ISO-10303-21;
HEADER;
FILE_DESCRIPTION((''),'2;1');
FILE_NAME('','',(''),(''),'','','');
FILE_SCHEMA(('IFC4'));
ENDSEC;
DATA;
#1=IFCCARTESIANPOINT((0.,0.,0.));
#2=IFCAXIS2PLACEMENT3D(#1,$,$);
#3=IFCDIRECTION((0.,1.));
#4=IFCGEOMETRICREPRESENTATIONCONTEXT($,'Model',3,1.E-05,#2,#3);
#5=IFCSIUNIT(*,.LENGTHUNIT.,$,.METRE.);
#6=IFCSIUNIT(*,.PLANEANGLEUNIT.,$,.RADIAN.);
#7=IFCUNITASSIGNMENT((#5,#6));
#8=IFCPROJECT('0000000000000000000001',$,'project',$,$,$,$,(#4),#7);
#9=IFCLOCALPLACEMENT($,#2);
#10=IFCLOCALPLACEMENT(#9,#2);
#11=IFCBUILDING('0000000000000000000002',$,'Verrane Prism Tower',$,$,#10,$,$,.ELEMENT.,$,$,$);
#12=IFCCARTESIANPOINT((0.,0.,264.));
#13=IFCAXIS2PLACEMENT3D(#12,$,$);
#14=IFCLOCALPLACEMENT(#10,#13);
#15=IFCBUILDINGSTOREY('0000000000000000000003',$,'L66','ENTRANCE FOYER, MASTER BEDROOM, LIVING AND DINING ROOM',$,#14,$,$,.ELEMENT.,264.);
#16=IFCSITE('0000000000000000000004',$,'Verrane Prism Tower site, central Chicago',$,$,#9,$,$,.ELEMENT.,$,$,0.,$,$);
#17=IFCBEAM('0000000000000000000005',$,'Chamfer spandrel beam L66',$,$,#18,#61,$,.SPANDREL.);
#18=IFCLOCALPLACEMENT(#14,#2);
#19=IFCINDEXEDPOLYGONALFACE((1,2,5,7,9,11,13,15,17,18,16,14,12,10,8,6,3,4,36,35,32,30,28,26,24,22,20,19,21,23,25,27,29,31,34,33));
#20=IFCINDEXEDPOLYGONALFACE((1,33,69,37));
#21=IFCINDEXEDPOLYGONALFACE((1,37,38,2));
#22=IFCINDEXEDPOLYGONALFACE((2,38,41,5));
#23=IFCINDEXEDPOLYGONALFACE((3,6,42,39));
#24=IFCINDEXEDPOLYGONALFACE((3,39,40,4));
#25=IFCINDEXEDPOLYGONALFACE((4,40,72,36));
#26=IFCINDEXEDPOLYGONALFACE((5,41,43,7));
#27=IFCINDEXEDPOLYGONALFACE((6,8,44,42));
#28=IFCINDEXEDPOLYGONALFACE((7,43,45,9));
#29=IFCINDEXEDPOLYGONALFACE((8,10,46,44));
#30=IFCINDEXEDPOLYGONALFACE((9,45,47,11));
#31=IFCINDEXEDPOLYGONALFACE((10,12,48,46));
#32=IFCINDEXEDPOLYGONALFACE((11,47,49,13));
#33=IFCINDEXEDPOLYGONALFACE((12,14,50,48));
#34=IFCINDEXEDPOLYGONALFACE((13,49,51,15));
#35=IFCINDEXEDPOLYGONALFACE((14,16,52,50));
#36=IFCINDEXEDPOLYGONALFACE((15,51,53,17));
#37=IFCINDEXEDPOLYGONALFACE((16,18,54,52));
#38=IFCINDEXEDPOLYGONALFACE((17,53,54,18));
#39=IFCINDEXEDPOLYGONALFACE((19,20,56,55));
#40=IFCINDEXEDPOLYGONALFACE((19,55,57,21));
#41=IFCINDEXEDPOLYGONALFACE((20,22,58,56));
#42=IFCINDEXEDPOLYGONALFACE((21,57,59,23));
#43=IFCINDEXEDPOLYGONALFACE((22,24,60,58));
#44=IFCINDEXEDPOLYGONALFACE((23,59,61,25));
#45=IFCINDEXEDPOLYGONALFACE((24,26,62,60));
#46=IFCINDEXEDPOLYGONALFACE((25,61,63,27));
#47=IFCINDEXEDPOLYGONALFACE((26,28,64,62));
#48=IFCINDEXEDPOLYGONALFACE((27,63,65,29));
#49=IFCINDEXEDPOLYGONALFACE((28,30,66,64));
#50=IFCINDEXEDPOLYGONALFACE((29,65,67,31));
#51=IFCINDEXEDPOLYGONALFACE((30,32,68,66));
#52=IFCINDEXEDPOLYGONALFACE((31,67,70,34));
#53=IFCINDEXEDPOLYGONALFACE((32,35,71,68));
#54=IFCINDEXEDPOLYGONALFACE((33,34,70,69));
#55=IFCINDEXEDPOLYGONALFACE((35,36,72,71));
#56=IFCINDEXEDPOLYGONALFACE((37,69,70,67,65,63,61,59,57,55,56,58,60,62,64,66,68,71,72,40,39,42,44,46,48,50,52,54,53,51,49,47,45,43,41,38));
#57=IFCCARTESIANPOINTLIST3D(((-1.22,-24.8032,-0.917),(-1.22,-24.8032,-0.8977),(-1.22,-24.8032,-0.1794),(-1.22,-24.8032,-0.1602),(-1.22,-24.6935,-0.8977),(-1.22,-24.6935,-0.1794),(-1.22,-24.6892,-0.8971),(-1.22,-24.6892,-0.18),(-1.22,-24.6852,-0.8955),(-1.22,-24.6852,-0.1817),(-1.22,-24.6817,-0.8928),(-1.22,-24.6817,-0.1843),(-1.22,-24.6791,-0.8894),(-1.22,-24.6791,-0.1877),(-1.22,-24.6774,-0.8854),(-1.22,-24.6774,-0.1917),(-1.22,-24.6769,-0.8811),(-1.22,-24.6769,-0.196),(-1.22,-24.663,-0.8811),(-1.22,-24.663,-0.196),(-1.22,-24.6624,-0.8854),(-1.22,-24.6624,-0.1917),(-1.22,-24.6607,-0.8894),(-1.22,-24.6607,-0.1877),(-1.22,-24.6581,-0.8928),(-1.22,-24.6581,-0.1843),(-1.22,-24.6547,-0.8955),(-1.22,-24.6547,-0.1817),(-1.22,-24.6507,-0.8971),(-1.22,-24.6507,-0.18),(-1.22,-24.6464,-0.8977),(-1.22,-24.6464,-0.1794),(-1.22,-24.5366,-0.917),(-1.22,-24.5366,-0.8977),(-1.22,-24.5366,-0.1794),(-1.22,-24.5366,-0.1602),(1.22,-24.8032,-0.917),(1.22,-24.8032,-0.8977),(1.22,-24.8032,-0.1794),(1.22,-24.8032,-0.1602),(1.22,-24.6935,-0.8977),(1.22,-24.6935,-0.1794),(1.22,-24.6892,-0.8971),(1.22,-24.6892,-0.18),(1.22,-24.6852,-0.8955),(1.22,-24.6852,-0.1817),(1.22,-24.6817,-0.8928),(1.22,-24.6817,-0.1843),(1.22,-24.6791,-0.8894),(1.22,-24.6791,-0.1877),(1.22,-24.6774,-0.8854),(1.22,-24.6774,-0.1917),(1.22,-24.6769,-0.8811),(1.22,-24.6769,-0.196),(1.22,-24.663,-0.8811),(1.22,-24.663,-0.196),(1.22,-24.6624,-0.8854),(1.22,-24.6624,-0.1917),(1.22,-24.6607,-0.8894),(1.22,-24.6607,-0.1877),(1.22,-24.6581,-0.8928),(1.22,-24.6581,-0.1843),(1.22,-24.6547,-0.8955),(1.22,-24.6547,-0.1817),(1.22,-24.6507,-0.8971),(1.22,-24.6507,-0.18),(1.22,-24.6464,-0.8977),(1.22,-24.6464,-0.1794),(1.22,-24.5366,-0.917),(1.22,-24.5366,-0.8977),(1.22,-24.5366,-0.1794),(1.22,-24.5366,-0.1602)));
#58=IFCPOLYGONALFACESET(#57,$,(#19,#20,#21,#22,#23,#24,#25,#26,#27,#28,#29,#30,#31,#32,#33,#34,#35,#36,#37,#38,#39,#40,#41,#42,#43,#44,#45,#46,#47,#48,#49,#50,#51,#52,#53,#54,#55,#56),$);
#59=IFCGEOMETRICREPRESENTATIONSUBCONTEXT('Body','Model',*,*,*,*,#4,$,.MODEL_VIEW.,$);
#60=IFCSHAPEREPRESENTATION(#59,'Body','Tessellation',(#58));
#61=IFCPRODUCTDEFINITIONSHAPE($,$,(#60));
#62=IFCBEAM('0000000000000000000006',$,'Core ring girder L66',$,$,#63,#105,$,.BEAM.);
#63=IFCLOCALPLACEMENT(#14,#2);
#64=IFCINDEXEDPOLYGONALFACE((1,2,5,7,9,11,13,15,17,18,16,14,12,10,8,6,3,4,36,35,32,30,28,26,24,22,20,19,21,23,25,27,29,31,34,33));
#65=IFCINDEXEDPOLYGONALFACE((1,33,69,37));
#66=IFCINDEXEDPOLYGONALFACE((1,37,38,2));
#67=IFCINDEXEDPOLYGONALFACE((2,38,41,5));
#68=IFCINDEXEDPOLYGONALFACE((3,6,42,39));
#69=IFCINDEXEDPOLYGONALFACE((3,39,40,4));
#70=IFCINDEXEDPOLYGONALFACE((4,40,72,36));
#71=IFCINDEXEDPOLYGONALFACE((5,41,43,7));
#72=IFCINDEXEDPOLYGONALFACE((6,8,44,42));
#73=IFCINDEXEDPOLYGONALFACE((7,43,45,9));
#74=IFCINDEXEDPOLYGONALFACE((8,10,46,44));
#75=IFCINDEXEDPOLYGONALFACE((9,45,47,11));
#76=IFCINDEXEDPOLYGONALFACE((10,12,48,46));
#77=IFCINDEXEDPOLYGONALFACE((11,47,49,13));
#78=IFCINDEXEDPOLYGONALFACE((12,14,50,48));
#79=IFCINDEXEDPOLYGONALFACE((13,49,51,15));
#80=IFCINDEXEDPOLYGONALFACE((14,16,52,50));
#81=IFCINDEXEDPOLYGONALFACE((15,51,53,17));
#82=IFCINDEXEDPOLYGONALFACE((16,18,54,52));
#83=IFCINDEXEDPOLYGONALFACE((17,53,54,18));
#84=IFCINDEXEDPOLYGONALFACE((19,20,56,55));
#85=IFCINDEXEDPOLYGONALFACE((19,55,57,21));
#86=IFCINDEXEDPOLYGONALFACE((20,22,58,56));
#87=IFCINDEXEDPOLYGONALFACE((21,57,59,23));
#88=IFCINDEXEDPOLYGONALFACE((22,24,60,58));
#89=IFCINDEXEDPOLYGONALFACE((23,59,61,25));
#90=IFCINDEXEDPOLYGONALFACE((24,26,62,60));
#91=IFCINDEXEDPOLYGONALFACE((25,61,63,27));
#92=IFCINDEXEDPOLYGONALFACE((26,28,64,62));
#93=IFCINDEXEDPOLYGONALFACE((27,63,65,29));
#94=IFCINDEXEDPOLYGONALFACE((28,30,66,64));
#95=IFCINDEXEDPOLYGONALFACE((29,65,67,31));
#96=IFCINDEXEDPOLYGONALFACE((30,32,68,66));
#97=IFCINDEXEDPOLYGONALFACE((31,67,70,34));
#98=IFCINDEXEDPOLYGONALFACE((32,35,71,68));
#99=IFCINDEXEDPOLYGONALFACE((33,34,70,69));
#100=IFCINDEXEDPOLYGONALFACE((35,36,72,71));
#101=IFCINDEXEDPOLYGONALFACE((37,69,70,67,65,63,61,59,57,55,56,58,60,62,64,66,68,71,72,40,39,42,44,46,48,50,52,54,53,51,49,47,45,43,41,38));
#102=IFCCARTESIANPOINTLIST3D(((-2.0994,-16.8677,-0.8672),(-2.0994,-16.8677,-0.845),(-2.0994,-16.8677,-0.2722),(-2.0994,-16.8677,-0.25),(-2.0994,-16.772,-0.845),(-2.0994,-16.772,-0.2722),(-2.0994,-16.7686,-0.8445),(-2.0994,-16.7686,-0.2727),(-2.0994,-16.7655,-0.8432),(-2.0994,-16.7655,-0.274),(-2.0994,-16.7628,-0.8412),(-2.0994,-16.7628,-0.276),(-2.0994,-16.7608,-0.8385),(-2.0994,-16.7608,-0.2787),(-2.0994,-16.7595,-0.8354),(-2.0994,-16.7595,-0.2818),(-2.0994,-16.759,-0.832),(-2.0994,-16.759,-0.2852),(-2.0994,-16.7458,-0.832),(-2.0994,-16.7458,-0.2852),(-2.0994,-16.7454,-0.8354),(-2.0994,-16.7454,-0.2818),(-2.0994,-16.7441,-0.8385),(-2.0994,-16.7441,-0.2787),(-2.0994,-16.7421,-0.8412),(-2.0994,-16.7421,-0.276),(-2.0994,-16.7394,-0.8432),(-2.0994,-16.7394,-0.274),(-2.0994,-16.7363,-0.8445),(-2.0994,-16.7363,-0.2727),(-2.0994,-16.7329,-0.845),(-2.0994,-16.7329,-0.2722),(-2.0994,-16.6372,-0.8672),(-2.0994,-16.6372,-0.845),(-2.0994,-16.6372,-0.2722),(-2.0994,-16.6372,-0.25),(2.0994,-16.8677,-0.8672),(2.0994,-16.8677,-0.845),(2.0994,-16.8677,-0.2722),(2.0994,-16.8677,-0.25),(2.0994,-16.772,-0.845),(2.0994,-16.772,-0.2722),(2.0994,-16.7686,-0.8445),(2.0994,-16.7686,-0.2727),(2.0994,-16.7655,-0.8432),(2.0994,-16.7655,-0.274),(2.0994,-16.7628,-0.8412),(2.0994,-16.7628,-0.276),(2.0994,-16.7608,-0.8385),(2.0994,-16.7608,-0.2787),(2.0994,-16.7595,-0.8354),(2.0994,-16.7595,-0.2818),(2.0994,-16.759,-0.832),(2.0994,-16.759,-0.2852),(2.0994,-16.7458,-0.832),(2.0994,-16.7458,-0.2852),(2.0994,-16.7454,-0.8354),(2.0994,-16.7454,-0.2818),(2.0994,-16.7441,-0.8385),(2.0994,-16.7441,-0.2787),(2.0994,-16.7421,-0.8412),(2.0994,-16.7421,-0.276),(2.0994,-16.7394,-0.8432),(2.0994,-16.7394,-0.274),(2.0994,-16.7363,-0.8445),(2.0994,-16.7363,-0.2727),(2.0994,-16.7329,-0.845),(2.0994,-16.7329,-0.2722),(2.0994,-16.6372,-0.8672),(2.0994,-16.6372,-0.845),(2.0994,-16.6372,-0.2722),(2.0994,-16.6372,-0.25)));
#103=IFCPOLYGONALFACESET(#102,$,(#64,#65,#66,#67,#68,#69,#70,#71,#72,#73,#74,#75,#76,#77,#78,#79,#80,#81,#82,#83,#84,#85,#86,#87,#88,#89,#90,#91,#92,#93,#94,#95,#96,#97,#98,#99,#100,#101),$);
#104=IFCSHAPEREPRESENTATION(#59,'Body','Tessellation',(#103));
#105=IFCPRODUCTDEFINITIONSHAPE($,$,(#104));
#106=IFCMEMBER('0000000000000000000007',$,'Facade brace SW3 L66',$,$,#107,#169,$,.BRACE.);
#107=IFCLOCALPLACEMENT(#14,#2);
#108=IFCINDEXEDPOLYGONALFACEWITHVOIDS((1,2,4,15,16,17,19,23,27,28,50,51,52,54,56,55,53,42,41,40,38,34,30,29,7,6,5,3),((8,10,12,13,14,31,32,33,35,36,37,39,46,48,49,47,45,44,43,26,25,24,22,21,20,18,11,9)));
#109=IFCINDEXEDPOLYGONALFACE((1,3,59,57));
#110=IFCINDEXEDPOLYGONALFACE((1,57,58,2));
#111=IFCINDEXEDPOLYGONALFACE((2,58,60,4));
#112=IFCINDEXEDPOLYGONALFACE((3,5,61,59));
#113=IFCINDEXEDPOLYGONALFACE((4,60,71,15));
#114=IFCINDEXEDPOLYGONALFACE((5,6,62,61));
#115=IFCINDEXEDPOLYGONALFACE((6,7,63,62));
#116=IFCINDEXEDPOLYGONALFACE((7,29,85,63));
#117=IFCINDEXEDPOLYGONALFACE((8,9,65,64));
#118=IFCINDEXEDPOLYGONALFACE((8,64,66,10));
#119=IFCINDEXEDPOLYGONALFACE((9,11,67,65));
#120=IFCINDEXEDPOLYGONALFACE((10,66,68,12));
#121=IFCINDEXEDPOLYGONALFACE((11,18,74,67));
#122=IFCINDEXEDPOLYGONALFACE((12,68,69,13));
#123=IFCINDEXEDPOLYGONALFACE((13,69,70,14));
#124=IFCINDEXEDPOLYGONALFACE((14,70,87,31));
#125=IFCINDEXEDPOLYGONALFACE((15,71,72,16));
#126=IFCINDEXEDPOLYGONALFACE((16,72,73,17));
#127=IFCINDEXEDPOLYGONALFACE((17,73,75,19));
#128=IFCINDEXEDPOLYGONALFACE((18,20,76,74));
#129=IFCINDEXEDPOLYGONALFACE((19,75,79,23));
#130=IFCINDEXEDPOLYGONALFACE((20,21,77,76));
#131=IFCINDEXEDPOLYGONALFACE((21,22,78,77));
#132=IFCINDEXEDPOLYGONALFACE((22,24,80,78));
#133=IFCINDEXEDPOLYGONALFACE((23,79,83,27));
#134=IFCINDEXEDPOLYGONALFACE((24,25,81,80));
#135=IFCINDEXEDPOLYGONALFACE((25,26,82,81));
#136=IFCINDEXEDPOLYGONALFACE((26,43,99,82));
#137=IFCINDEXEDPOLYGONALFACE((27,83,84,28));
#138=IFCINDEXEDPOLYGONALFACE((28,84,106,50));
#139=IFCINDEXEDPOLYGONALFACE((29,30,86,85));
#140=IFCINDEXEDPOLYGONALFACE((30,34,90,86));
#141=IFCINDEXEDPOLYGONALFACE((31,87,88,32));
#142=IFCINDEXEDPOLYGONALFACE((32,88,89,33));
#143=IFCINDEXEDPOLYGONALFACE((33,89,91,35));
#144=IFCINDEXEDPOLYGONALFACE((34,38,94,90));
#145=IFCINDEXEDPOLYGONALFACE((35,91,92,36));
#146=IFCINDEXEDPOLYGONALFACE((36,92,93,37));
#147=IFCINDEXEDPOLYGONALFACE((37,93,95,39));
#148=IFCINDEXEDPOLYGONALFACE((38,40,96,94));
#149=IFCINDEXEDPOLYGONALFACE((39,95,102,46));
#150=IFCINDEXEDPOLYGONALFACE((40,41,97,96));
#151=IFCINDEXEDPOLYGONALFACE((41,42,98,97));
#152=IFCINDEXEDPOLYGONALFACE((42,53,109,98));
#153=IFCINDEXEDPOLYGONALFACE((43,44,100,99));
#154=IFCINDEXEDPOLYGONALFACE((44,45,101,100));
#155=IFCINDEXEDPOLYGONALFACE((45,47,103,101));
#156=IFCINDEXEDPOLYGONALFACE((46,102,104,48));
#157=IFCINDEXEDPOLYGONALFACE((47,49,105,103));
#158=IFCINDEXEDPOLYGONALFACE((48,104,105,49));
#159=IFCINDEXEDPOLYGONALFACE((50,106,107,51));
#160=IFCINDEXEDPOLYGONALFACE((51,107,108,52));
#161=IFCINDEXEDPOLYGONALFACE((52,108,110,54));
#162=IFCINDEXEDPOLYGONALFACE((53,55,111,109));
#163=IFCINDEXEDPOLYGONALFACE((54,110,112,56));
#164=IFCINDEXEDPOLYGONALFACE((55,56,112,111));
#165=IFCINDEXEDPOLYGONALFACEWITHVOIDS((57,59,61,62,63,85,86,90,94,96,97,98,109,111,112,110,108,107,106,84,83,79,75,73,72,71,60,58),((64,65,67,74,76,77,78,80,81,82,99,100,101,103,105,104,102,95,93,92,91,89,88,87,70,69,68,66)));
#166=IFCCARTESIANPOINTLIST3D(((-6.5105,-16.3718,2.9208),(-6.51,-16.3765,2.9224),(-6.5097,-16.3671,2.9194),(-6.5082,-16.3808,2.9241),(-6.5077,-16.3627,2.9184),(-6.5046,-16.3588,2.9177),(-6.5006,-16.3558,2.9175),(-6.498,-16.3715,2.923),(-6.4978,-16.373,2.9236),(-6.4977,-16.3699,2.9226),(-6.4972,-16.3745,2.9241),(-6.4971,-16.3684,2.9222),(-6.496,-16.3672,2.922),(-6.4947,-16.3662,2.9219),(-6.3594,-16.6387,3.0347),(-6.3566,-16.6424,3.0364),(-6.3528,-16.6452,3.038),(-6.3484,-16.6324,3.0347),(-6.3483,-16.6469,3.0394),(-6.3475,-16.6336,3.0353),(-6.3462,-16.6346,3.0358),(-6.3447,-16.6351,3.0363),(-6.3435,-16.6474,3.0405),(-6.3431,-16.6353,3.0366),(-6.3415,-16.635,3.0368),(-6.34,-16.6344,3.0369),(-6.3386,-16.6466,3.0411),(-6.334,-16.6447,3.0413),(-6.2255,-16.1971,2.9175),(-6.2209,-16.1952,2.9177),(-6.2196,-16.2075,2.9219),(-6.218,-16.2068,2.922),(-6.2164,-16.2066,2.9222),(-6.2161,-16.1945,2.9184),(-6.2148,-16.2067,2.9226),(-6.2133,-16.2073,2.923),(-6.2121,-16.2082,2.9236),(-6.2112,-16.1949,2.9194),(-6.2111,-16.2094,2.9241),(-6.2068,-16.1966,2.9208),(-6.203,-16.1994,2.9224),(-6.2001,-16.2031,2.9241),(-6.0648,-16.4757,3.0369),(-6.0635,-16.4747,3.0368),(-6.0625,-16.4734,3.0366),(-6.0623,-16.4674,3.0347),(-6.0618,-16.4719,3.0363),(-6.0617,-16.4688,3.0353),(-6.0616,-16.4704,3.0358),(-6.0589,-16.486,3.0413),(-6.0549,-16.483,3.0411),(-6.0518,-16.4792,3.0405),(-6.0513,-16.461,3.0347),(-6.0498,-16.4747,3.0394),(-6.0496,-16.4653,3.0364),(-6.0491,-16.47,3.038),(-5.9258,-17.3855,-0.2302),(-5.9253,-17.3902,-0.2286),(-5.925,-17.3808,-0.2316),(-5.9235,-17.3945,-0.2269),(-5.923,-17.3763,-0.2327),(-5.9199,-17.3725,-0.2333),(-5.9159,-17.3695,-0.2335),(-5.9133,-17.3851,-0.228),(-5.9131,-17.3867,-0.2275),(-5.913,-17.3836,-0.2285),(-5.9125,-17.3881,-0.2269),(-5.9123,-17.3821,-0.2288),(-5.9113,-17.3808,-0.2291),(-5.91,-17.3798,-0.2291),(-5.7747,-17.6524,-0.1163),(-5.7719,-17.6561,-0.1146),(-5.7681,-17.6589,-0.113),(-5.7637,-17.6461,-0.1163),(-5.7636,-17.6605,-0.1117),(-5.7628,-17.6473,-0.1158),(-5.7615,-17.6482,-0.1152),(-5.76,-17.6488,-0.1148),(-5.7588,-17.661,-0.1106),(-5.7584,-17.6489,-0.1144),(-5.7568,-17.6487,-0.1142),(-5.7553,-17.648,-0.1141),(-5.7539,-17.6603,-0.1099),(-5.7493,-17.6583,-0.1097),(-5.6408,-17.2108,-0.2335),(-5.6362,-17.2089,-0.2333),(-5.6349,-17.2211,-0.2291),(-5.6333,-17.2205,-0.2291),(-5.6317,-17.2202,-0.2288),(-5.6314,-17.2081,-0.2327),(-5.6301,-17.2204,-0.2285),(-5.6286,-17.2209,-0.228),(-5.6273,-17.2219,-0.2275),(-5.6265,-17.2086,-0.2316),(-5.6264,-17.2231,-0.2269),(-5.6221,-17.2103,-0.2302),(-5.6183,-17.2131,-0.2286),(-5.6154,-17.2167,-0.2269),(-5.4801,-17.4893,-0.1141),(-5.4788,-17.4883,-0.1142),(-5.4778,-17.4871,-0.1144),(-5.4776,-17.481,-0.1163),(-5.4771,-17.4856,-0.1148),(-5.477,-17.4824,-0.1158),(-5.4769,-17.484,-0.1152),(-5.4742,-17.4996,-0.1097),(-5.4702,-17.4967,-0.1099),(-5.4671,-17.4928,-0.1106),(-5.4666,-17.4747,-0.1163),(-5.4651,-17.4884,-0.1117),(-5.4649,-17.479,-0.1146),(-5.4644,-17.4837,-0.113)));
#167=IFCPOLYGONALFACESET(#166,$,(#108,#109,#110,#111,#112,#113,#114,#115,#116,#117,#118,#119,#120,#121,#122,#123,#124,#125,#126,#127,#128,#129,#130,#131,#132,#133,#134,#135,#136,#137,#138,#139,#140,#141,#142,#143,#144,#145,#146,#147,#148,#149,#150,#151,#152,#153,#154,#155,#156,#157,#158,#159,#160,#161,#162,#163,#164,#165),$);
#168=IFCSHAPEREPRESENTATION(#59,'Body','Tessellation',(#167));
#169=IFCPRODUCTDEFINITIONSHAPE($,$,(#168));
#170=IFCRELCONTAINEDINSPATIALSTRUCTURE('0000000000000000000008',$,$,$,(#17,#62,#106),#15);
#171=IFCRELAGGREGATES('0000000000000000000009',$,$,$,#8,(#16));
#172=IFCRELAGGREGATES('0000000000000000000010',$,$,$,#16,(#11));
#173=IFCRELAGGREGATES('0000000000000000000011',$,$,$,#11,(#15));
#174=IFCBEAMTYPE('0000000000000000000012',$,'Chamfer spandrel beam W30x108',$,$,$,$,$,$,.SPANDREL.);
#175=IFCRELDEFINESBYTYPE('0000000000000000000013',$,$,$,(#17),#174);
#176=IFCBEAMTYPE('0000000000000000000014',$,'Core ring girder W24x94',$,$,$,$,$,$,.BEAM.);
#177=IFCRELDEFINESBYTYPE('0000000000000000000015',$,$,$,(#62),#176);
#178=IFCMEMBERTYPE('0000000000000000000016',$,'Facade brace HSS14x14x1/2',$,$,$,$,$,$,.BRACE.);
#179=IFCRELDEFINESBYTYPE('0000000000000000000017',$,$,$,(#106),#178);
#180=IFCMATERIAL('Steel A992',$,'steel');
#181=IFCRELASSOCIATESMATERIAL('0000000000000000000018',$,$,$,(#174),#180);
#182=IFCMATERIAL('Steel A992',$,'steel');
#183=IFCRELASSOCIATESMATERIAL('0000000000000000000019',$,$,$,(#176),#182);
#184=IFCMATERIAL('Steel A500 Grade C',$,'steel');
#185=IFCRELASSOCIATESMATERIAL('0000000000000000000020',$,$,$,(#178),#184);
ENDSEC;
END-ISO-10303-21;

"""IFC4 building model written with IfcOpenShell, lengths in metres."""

from ifc_helpers import new_model, si_unit, direction, frame, origin, origin_2d, place, context, subcontext, project, spatial, hollow_rectangle, i_section, extrude, material, material_profile, profile_set, type_object, element, save


model = new_model("IFC4")

# Units and contexts
model_context = context("Model", 3, precision=1e-05, world=origin(), true_north=direction((0.0, 1.0)))
body_context = subcontext(model_context, "Body", "Model", "MODEL_VIEW")
ifc_project = project(units=[si_unit("LENGTHUNIT", "METRE"), si_unit("PLANEANGLEUNIT", "RADIAN")], contexts=[model_context])

# Site, building, storey
site_placement = place(None, origin())
site = spatial("IfcSite", under=ifc_project, at=site_placement, Name="Verrane Prism Tower site, central Chicago", CompositionType="ELEMENT", RefElevation=0.0)
building_placement = place(site_placement, origin())
building = spatial("IfcBuilding", under=site, at=building_placement, Name="Verrane Prism Tower", CompositionType="ELEMENT")
storey_placement = place(building_placement, frame((0.0, 0.0, 264.0)))
storey = spatial("IfcBuildingStorey", under=building, at=storey_placement, Name="L66", Description="ENTRANCE FOYER, MASTER BEDROOM, LIVING AND DINING ROOM", CompositionType="ELEMENT", Elevation=264.0)

# Beams
ifc_material_1 = material(Name="Steel A992", Category="steel")
ifc_material_profile_1 = material_profile(ifc_material_1, i_section(OverallWidth=0.2666, OverallDepth=0.7568, WebThickness=0.0139, FlangeThickness=0.0193, FilletRadius=0.0166, at=origin_2d()), Name="W30x108")
ifc_profile_set_1 = profile_set([ifc_material_profile_1], Name="Steel A992")
beam_type_1 = type_object("IfcBeamType", Name="Chamfer spandrel beam W30x108", PredefinedType="SPANDREL", material=ifc_profile_set_1)
beam_1_placement = place(storey_placement, frame((-1.22, -24.6699, -0.5386), z_axis=(1.0, 0.0, 0.0), x_axis=(0.0, 1.0, 0.0)))
element("IfcBeam", 1, at=beam_1_placement, inside=storey, type_object=beam_type_1, Name="Chamfer spandrel beam L66", PredefinedType="SPANDREL", context=body_context, shape_type="SweptSolid", body=[
    extrude(i_section(OverallWidth=0.2666, OverallDepth=0.7568, WebThickness=0.0139, FlangeThickness=0.0193, FilletRadius=0.0166, at=origin_2d()), origin(), (0.0, 0.0, 1.0), 2.4399),
])
ifc_material_2 = material(Name="Steel A992", Category="steel")
ifc_material_profile_2 = material_profile(ifc_material_2, i_section(OverallWidth=0.2305, OverallDepth=0.6172, WebThickness=0.0132, FlangeThickness=0.0222, FilletRadius=0.0129, at=origin_2d()), Name="W24x94")
ifc_profile_set_2 = profile_set([ifc_material_profile_2], Name="Steel A992")
beam_type_2 = type_object("IfcBeamType", Name="Core ring girder W24x94", PredefinedType="BEAM", material=ifc_profile_set_2)
beam_2_placement = place(storey_placement, frame((-2.0994, -16.7524, -0.5586), z_axis=(1.0, 0.0, 0.0), x_axis=(0.0, 1.0, 0.0)))
element("IfcBeam", 2, at=beam_2_placement, inside=storey, type_object=beam_type_2, Name="Core ring girder L66", PredefinedType="BEAM", context=body_context, shape_type="SweptSolid", body=[
    extrude(i_section(OverallWidth=0.2305, OverallDepth=0.6172, WebThickness=0.0132, FlangeThickness=0.0222, FilletRadius=0.0129, at=origin_2d()), origin(), (0.0, 0.0, 1.0), 4.1987),
])

# Member
ifc_material_3 = material(Name="Steel A500 Grade C", Category="steel")
ifc_material_profile_3 = material_profile(ifc_material_3, hollow_rectangle(XDim=0.3557, YDim=0.3557, WallThickness=0.0127, InnerFilletRadius=0.0063, OuterFilletRadius=0.019, at=origin_2d()), Name="HSS14x14x1/2")
ifc_profile_set_3 = profile_set([ifc_material_profile_3], Name="Steel A500 Grade C")
member_type_1 = type_object("IfcMemberType", Name="Facade brace HSS14x14x1/2", PredefinedType="BRACE", material=ifc_profile_set_3)
for number, where, z_axis, x_axis, name in (
    (3, (-5.6951, -17.4346, -0.1716), (-0.17395, 0.301563, 0.937444), (-0.86622, -0.499662, 0.0), "Facade brace SW3 L66"),
):
    element("IfcMember", number, at=place(storey_placement, frame(where, z_axis=z_axis, x_axis=x_axis)), inside=storey, type_object=member_type_1, Name=name, PredefinedType="BRACE", context=body_context, shape_type="SweptSolid", body=[
        extrude(hollow_rectangle(XDim=0.3557, YDim=0.3557, WallThickness=0.0127, InnerFilletRadius=0.0063, OuterFilletRadius=0.019, at=origin_2d()), origin(), (0.0, 0.0, 1.0), 3.3613),
    ])

save(model, "model.ifc")
